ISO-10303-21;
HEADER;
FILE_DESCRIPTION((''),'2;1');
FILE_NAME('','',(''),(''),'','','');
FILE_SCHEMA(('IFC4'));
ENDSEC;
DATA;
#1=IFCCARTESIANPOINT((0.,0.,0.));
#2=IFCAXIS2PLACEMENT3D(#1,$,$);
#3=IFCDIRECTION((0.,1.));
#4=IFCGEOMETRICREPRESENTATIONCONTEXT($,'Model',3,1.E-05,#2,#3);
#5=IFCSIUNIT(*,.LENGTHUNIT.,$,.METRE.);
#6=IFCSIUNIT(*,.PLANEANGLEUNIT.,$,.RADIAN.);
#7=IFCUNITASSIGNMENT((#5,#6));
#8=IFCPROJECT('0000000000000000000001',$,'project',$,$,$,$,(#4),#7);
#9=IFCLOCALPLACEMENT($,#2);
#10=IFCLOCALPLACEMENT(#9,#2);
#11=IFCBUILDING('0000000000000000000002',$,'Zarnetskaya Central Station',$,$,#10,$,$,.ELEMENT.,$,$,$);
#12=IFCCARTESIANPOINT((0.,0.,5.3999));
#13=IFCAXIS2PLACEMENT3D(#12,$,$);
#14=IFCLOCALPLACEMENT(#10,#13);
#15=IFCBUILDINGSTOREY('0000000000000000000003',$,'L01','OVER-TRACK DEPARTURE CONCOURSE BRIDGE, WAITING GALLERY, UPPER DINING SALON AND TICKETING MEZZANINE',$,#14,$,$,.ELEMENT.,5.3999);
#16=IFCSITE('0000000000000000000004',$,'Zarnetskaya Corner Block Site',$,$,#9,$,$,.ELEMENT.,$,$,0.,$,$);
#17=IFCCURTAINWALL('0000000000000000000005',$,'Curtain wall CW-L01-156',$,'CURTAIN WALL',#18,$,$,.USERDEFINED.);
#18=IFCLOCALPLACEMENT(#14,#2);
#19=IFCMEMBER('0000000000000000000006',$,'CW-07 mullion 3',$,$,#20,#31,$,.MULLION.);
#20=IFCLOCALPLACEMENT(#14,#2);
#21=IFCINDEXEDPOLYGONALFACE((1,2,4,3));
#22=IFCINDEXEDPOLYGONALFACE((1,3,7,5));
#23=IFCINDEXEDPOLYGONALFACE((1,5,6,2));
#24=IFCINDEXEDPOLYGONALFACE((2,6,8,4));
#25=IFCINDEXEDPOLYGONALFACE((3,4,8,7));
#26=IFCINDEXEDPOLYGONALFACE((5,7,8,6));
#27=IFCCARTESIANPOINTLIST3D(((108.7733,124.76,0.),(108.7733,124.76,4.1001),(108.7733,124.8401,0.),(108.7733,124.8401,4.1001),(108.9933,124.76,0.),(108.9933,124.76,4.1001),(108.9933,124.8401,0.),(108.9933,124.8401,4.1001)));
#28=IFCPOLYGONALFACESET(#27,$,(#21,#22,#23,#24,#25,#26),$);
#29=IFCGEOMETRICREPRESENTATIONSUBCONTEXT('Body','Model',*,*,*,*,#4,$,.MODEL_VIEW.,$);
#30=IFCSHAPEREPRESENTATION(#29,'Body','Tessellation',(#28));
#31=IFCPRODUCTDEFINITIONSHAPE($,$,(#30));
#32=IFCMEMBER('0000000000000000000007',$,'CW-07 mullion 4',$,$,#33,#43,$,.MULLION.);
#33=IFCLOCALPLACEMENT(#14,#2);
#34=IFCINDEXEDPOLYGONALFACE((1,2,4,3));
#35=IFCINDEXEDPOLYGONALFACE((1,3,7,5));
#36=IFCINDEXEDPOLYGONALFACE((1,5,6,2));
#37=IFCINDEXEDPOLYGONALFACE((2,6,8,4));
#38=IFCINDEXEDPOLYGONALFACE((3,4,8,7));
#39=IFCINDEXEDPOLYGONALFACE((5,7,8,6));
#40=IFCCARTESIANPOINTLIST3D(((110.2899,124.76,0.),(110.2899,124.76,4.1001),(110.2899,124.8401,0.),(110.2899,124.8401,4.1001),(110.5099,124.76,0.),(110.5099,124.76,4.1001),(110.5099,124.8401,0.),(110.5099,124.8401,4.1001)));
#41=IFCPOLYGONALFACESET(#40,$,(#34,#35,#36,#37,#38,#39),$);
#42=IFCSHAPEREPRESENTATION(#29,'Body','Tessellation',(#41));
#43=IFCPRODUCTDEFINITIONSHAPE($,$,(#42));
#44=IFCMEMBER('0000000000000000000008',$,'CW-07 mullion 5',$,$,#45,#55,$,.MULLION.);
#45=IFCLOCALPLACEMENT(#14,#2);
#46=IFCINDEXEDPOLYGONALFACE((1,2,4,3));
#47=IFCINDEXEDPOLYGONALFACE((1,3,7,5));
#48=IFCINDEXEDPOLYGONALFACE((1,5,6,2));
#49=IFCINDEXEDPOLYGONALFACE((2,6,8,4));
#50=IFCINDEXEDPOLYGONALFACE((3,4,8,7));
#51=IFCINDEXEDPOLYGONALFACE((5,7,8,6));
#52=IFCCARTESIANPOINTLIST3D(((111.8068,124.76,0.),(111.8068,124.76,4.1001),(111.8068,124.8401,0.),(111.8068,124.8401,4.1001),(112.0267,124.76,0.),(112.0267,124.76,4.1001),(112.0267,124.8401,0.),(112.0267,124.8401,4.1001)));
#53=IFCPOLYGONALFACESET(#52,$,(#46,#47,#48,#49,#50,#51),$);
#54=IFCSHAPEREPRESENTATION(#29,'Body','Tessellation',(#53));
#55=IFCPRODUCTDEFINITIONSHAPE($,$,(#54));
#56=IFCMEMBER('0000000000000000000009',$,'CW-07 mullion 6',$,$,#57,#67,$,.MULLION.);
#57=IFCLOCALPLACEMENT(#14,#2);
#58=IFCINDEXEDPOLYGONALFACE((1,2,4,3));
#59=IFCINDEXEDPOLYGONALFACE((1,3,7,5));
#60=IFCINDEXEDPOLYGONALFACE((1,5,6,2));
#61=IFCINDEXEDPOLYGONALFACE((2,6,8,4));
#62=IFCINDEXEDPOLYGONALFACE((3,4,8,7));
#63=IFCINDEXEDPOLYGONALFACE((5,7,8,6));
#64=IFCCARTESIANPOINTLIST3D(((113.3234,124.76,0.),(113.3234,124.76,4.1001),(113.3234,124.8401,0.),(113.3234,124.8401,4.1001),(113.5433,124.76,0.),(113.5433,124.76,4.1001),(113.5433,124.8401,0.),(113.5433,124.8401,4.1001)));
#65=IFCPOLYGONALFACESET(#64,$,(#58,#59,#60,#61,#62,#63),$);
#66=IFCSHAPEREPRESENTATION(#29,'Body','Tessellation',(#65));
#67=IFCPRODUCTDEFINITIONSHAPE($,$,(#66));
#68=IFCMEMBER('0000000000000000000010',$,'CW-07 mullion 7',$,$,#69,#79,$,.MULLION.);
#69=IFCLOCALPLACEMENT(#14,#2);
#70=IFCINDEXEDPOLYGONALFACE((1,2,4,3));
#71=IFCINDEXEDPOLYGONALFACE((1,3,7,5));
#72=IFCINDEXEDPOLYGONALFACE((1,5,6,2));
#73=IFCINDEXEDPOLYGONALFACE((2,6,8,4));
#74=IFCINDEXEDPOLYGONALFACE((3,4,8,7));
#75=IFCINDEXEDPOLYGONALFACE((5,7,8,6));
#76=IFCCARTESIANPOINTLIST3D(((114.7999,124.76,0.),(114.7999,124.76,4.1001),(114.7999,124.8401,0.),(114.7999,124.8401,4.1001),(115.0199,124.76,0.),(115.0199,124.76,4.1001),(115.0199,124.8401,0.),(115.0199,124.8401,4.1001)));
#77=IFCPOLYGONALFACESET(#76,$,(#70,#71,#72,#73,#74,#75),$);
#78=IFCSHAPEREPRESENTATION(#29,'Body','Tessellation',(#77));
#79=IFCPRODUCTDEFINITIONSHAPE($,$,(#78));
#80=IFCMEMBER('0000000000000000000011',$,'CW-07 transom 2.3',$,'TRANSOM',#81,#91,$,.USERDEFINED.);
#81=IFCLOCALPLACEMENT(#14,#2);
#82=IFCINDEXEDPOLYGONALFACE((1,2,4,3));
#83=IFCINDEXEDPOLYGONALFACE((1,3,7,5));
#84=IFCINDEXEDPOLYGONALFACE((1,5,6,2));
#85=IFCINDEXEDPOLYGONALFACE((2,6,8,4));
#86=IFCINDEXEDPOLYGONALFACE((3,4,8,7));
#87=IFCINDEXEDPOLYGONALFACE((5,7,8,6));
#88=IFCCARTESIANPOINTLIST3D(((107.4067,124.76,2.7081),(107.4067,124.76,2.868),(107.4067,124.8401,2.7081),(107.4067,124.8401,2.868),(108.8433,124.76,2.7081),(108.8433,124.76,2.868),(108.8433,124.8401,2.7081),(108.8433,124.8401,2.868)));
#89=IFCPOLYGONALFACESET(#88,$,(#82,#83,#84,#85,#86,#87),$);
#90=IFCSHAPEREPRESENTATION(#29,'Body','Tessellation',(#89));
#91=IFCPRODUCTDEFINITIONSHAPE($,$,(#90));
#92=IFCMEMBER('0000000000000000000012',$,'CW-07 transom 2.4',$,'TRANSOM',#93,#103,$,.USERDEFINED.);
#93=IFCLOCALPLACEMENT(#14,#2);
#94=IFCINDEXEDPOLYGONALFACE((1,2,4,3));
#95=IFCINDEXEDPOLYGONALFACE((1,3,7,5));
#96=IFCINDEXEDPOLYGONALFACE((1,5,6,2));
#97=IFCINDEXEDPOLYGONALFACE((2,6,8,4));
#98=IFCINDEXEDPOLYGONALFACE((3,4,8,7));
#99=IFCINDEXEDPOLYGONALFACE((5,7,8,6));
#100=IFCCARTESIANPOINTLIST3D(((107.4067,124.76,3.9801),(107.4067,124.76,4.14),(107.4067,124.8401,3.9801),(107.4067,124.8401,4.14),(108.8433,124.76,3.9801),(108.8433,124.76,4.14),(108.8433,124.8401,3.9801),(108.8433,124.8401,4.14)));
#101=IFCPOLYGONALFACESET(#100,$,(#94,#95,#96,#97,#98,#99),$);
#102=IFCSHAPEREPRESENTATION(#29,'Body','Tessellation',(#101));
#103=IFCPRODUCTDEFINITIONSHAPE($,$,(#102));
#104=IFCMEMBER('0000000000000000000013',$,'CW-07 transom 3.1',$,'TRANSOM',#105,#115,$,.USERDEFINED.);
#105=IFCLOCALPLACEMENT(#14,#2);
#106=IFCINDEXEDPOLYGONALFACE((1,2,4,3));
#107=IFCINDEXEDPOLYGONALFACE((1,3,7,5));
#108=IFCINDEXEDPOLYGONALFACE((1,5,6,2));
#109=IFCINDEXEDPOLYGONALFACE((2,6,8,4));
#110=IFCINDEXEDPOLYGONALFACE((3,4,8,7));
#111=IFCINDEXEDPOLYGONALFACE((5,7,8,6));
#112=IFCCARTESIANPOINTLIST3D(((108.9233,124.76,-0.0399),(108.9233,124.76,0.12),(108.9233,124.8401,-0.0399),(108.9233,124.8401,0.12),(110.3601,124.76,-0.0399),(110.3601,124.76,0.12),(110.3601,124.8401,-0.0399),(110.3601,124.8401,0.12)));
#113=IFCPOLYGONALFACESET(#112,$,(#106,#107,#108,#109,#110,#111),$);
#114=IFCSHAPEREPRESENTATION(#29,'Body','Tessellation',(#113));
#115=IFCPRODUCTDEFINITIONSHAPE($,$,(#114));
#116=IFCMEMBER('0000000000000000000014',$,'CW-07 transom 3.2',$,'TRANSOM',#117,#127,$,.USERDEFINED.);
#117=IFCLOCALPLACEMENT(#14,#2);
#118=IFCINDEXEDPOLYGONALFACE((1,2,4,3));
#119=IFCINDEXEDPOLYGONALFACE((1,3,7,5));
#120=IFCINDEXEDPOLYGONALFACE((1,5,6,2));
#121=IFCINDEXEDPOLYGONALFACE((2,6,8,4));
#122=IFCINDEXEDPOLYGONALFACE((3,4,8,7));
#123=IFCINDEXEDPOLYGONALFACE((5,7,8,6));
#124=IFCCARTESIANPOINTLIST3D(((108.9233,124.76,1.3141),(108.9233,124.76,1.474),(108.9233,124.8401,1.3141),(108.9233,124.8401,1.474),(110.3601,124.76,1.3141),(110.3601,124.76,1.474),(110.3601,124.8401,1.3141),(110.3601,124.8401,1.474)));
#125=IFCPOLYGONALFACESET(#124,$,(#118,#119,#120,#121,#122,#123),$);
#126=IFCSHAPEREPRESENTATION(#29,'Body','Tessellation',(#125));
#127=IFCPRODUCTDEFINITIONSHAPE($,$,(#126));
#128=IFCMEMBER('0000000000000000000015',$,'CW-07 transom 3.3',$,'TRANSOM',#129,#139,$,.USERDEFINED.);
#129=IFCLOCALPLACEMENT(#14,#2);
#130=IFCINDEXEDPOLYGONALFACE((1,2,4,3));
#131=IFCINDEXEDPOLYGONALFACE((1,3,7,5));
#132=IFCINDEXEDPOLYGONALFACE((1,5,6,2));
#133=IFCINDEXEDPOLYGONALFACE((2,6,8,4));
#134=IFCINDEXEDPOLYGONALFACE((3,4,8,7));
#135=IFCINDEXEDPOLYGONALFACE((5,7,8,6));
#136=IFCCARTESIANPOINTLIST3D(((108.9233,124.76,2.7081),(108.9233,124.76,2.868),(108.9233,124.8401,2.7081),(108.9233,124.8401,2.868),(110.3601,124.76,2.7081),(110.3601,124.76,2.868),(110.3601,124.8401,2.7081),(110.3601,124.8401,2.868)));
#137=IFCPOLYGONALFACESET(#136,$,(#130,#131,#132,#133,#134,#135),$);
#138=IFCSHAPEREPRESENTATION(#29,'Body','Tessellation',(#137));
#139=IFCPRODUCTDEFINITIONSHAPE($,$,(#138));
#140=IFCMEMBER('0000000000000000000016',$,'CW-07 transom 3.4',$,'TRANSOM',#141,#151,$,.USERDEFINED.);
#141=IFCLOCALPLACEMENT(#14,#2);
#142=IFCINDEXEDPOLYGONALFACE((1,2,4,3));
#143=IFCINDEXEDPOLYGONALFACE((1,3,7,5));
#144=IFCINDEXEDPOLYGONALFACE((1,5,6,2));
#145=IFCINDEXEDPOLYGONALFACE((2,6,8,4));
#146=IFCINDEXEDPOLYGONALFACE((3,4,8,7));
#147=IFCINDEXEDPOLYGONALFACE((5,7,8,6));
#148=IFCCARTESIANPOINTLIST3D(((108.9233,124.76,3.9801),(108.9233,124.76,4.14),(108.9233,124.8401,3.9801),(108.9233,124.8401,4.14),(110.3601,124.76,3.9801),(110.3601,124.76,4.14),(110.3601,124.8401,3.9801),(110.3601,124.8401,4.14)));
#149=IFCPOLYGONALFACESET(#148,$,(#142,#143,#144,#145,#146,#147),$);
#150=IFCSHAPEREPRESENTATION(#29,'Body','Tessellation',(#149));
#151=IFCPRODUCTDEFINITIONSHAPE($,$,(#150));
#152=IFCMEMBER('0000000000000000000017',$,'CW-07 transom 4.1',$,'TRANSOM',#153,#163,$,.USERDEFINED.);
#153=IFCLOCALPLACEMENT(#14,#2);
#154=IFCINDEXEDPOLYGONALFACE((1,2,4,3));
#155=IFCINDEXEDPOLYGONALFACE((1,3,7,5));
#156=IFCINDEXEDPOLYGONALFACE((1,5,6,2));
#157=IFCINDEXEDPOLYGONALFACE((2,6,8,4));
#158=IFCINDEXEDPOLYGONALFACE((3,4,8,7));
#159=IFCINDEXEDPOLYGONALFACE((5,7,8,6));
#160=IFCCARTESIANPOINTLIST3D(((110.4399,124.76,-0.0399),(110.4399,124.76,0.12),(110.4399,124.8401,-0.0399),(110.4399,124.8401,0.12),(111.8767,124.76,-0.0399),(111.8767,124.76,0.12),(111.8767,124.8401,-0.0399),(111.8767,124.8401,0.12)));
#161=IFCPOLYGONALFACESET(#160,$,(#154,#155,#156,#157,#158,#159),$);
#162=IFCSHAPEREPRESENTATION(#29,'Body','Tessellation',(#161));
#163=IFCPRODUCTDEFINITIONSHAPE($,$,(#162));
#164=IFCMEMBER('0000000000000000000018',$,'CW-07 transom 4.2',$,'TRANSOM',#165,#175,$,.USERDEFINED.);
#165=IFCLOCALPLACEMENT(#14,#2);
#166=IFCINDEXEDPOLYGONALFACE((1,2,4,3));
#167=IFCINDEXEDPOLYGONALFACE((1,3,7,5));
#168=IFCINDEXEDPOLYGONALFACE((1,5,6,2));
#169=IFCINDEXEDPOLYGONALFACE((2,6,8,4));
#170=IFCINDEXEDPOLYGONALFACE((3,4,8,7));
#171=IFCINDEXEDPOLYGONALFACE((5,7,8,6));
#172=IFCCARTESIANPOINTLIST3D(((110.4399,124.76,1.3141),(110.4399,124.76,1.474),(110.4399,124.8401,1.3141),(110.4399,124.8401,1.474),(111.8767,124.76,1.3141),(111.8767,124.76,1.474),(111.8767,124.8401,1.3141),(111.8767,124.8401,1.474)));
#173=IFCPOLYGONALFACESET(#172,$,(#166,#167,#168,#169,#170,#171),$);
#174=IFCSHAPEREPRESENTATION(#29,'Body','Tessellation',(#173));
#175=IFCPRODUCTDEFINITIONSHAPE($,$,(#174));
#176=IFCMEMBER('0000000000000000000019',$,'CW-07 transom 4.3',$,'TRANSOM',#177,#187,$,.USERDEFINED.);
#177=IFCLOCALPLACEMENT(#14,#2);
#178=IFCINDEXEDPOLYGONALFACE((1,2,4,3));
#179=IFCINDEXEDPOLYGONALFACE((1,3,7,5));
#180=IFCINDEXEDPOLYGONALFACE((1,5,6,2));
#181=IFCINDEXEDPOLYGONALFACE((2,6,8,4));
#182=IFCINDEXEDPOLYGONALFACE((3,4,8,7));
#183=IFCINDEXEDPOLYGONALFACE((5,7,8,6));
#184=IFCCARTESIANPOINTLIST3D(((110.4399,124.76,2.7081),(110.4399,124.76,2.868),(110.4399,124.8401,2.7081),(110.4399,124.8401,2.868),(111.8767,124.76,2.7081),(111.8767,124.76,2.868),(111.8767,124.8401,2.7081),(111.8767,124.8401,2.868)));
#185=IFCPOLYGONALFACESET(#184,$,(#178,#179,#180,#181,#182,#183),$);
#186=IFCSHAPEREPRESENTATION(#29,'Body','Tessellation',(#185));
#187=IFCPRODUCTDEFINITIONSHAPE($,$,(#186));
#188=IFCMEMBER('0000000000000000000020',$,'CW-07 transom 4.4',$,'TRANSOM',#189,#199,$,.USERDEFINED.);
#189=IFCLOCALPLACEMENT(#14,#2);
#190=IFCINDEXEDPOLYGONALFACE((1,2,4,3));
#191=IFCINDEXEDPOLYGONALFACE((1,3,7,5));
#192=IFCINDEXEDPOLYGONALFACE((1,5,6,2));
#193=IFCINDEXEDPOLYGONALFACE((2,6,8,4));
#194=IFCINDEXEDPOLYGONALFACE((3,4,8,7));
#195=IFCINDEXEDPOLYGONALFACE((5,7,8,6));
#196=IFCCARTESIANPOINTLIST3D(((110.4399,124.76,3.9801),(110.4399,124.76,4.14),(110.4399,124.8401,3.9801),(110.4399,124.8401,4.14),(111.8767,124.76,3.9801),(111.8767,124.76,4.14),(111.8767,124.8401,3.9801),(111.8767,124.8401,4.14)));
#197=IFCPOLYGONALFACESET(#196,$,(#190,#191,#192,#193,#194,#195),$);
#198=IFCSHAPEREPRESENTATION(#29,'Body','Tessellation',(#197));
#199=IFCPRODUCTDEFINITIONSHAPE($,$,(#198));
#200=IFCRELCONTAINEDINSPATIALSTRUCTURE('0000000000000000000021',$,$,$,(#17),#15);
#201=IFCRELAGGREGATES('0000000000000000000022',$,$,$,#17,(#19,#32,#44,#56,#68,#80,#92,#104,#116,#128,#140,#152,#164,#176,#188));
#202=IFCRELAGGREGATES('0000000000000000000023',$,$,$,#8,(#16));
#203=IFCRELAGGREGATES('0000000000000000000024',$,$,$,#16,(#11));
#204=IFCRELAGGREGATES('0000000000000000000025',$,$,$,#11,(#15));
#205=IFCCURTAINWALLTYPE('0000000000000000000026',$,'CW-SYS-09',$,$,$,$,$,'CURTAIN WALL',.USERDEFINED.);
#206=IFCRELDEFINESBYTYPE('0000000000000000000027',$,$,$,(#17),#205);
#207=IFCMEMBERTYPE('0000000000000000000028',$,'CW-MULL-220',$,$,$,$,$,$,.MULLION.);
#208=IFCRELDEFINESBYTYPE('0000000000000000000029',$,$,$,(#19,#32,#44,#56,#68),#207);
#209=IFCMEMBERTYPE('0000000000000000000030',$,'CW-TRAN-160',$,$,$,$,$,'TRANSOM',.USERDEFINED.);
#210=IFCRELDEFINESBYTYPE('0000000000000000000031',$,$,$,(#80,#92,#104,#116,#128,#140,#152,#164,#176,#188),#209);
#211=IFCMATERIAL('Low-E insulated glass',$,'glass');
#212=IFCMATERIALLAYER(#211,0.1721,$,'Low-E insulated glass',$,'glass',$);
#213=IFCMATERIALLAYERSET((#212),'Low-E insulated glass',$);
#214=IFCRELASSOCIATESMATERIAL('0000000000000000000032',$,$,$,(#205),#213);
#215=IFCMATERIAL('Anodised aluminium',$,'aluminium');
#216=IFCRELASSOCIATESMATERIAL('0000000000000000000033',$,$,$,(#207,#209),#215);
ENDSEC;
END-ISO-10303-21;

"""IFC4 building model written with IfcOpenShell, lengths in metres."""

from ifc_helpers import new_model, si_unit, direction, frame, origin, origin_2d, place, context, subcontext, project, spatial, rectangle, extrude, material, layer, layer_set, material_profile, profile_set, type_object, element, aggregate, save


model = new_model("IFC4")

# Units and contexts
model_context = context("Model", 3, precision=1e-05, world=origin(), true_north=direction((0.0, 1.0)))
body_context = subcontext(model_context, "Body", "Model", "MODEL_VIEW")
ifc_project = project(units=[si_unit("LENGTHUNIT", "METRE"), si_unit("PLANEANGLEUNIT", "RADIAN")], contexts=[model_context])

# Site, building, storey
site_placement = place(None, origin())
site = spatial("IfcSite", under=ifc_project, at=site_placement, Name="Zarnetskaya Corner Block Site", CompositionType="ELEMENT", RefElevation=0.0)
building_placement = place(site_placement, origin())
building = spatial("IfcBuilding", under=site, at=building_placement, Name="Zarnetskaya Central Station", CompositionType="ELEMENT")
storey_placement = place(building_placement, frame((0.0, 0.0, 5.3999)))
storey = spatial("IfcBuildingStorey", under=building, at=storey_placement, Name="L01", Description="OVER-TRACK DEPARTURE CONCOURSE BRIDGE, WAITING GALLERY, UPPER DINING SALON AND TICKETING MEZZANINE", CompositionType="ELEMENT", Elevation=5.3999)

# Curtain wall, members
ifc_material_1 = material(Name="Low-E insulated glass", Category="glass")
ifc_layer_1 = layer(ifc_material_1, 0.1721, Name="Low-E insulated glass", Category="glass")
ifc_layer_set_1 = layer_set([ifc_layer_1], Name="Low-E insulated glass")
curtain_wall_type = type_object("IfcCurtainWallType", Name="CW-SYS-09", ElementType="CURTAIN WALL", PredefinedType="USERDEFINED", material=ifc_layer_set_1)
curtain_wall_placement = place(storey_placement, origin())
curtain_wall = element("IfcCurtainWall", 1, at=curtain_wall_placement, inside=storey, type_object=curtain_wall_type, Name="Curtain wall CW-L01-156", ObjectType="CURTAIN WALL", PredefinedType="USERDEFINED")
ifc_material_2 = material(Name="Anodised aluminium", Category="aluminium")
ifc_material_profile_1 = material_profile(ifc_material_2, rectangle(XDim=0.0801, YDim=0.22, at=origin_2d()), Name="ALU MULL 80x220")
ifc_profile_set_1 = profile_set([ifc_material_profile_1], Name="Anodised aluminium")
member_type_1 = type_object("IfcMemberType", Name="CW-MULL-220", PredefinedType="MULLION", material=ifc_profile_set_1)
member_1_placement = place(storey_placement, frame((108.8833, 124.8, 0.0), z_axis=(0.0, 0.0, 1.0), x_axis=(0.0, 1.0, 0.0)))
member_1 = element("IfcMember", 2, at=member_1_placement, type_object=member_type_1, Name="CW-07 mullion 3", PredefinedType="MULLION", context=body_context, shape_type="SweptSolid", body=[
    extrude(rectangle(XDim=0.0801, YDim=0.22, at=origin_2d()), origin(), (0.0, 0.0, 1.0), 4.1001),
])
member_2_placement = place(storey_placement, frame((110.3999, 124.8, 0.0), z_axis=(0.0, 0.0, 1.0), x_axis=(0.0, 1.0, 0.0)))
member_2 = element("IfcMember", 3, at=member_2_placement, type_object=member_type_1, Name="CW-07 mullion 4", PredefinedType="MULLION", context=body_context, shape_type="SweptSolid", body=[
    extrude(rectangle(XDim=0.0801, YDim=0.22, at=origin_2d()), origin(), (0.0, 0.0, 1.0), 4.1001),
])
member_3_placement = place(storey_placement, frame((111.9167, 124.8, 0.0), z_axis=(0.0, 0.0, 1.0), x_axis=(0.0, 1.0, 0.0)))
member_3 = element("IfcMember", 4, at=member_3_placement, type_object=member_type_1, Name="CW-07 mullion 5", PredefinedType="MULLION", context=body_context, shape_type="SweptSolid", body=[
    extrude(rectangle(XDim=0.0801, YDim=0.22, at=origin_2d()), origin(), (0.0, 0.0, 1.0), 4.1001),
])
member_4_placement = place(storey_placement, frame((113.4333, 124.8, 0.0), z_axis=(0.0, 0.0, 1.0), x_axis=(0.0, 1.0, 0.0)))
member_4 = element("IfcMember", 5, at=member_4_placement, type_object=member_type_1, Name="CW-07 mullion 6", PredefinedType="MULLION", context=body_context, shape_type="SweptSolid", body=[
    extrude(rectangle(XDim=0.0801, YDim=0.22, at=origin_2d()), origin(), (0.0, 0.0, 1.0), 4.1001),
])
member_5_placement = place(storey_placement, frame((114.9099, 124.8, 0.0), z_axis=(0.0, 0.0, 1.0), x_axis=(0.0, 1.0, 0.0)))
member_5 = element("IfcMember", 6, at=member_5_placement, type_object=member_type_1, Name="CW-07 mullion 7", PredefinedType="MULLION", context=body_context, shape_type="SweptSolid", body=[
    extrude(rectangle(XDim=0.0801, YDim=0.22, at=origin_2d()), origin(), (0.0, 0.0, 1.0), 4.1001),
])
ifc_material_profile_2 = material_profile(ifc_material_2, rectangle(XDim=0.0801, YDim=0.1599, at=origin_2d()), Name="ALU TRAN 80x160")
ifc_profile_set_2 = profile_set([ifc_material_profile_2], Name="Anodised aluminium")
member_type_2 = type_object("IfcMemberType", Name="CW-TRAN-160", ElementType="TRANSOM", PredefinedType="USERDEFINED", material=ifc_profile_set_2)
member_6_placement = place(storey_placement, frame((107.4067, 124.8, 2.7881), z_axis=(1.0, 0.0, 0.0), x_axis=(0.0, 1.0, 0.0)))
member_6 = element("IfcMember", 7, at=member_6_placement, type_object=member_type_2, Name="CW-07 transom 2.3", ObjectType="TRANSOM", PredefinedType="USERDEFINED", context=body_context, shape_type="SweptSolid", body=[
    extrude(rectangle(XDim=0.0801, YDim=0.1599, at=origin_2d()), origin(), (0.0, 0.0, 1.0), 1.4365),
])
member_7_placement = place(storey_placement, frame((107.4067, 124.8, 4.0601), z_axis=(1.0, 0.0, 0.0), x_axis=(0.0, 1.0, 0.0)))
member_7 = element("IfcMember", 8, at=member_7_placement, type_object=member_type_2, Name="CW-07 transom 2.4", ObjectType="TRANSOM", PredefinedType="USERDEFINED", context=body_context, shape_type="SweptSolid", body=[
    extrude(rectangle(XDim=0.0801, YDim=0.1599, at=origin_2d()), origin(), (0.0, 0.0, 1.0), 1.4365),
])
member_8_placement = place(storey_placement, frame((108.9233, 124.8, 0.04), z_axis=(1.0, 0.0, 0.0), x_axis=(0.0, 1.0, 0.0)))
member_8 = element("IfcMember", 9, at=member_8_placement, type_object=member_type_2, Name="CW-07 transom 3.1", ObjectType="TRANSOM", PredefinedType="USERDEFINED", context=body_context, shape_type="SweptSolid", body=[
    extrude(rectangle(XDim=0.0801, YDim=0.1599, at=origin_2d()), origin(), (0.0, 0.0, 1.0), 1.4368),
])
member_9_placement = place(storey_placement, frame((108.9233, 124.8, 1.394), z_axis=(1.0, 0.0, 0.0), x_axis=(0.0, 1.0, 0.0)))
member_9 = element("IfcMember", 10, at=member_9_placement, type_object=member_type_2, Name="CW-07 transom 3.2", ObjectType="TRANSOM", PredefinedType="USERDEFINED", context=body_context, shape_type="SweptSolid", body=[
    extrude(rectangle(XDim=0.0801, YDim=0.1599, at=origin_2d()), origin(), (0.0, 0.0, 1.0), 1.4368),
])
member_10_placement = place(storey_placement, frame((108.9233, 124.8, 2.7881), z_axis=(1.0, 0.0, 0.0), x_axis=(0.0, 1.0, 0.0)))
member_10 = element("IfcMember", 11, at=member_10_placement, type_object=member_type_2, Name="CW-07 transom 3.3", ObjectType="TRANSOM", PredefinedType="USERDEFINED", context=body_context, shape_type="SweptSolid", body=[
    extrude(rectangle(XDim=0.0801, YDim=0.1599, at=origin_2d()), origin(), (0.0, 0.0, 1.0), 1.4368),
])
member_11_placement = place(storey_placement, frame((108.9233, 124.8, 4.0601), z_axis=(1.0, 0.0, 0.0), x_axis=(0.0, 1.0, 0.0)))
member_11 = element("IfcMember", 12, at=member_11_placement, type_object=member_type_2, Name="CW-07 transom 3.4", ObjectType="TRANSOM", PredefinedType="USERDEFINED", context=body_context, shape_type="SweptSolid", body=[
    extrude(rectangle(XDim=0.0801, YDim=0.1599, at=origin_2d()), origin(), (0.0, 0.0, 1.0), 1.4368),
])
member_12_placement = place(storey_placement, frame((110.4399, 124.8, 0.04), z_axis=(1.0, 0.0, 0.0), x_axis=(0.0, 1.0, 0.0)))
member_12 = element("IfcMember", 13, at=member_12_placement, type_object=member_type_2, Name="CW-07 transom 4.1", ObjectType="TRANSOM", PredefinedType="USERDEFINED", context=body_context, shape_type="SweptSolid", body=[
    extrude(rectangle(XDim=0.0801, YDim=0.1599, at=origin_2d()), origin(), (0.0, 0.0, 1.0), 1.4368),
])
member_13_placement = place(storey_placement, frame((110.4399, 124.8, 1.394), z_axis=(1.0, 0.0, 0.0), x_axis=(0.0, 1.0, 0.0)))
member_13 = element("IfcMember", 14, at=member_13_placement, type_object=member_type_2, Name="CW-07 transom 4.2", ObjectType="TRANSOM", PredefinedType="USERDEFINED", context=body_context, shape_type="SweptSolid", body=[
    extrude(rectangle(XDim=0.0801, YDim=0.1599, at=origin_2d()), origin(), (0.0, 0.0, 1.0), 1.4368),
])
member_14_placement = place(storey_placement, frame((110.4399, 124.8, 2.7881), z_axis=(1.0, 0.0, 0.0), x_axis=(0.0, 1.0, 0.0)))
member_14 = element("IfcMember", 15, at=member_14_placement, type_object=member_type_2, Name="CW-07 transom 4.3", ObjectType="TRANSOM", PredefinedType="USERDEFINED", context=body_context, shape_type="SweptSolid", body=[
    extrude(rectangle(XDim=0.0801, YDim=0.1599, at=origin_2d()), origin(), (0.0, 0.0, 1.0), 1.4368),
])
member_15_placement = place(storey_placement, frame((110.4399, 124.8, 4.0601), z_axis=(1.0, 0.0, 0.0), x_axis=(0.0, 1.0, 0.0)))
member_15 = element("IfcMember", 16, at=member_15_placement, type_object=member_type_2, Name="CW-07 transom 4.4", ObjectType="TRANSOM", PredefinedType="USERDEFINED", context=body_context, shape_type="SweptSolid", body=[
    extrude(rectangle(XDim=0.0801, YDim=0.1599, at=origin_2d()), origin(), (0.0, 0.0, 1.0), 1.4368),
])
aggregate(curtain_wall, [member_1, member_2, member_3, member_4, member_5, member_6, member_7, member_8, member_9, member_10, member_11, member_12, member_13, member_14, member_15])

save(model, "model.ifc")
